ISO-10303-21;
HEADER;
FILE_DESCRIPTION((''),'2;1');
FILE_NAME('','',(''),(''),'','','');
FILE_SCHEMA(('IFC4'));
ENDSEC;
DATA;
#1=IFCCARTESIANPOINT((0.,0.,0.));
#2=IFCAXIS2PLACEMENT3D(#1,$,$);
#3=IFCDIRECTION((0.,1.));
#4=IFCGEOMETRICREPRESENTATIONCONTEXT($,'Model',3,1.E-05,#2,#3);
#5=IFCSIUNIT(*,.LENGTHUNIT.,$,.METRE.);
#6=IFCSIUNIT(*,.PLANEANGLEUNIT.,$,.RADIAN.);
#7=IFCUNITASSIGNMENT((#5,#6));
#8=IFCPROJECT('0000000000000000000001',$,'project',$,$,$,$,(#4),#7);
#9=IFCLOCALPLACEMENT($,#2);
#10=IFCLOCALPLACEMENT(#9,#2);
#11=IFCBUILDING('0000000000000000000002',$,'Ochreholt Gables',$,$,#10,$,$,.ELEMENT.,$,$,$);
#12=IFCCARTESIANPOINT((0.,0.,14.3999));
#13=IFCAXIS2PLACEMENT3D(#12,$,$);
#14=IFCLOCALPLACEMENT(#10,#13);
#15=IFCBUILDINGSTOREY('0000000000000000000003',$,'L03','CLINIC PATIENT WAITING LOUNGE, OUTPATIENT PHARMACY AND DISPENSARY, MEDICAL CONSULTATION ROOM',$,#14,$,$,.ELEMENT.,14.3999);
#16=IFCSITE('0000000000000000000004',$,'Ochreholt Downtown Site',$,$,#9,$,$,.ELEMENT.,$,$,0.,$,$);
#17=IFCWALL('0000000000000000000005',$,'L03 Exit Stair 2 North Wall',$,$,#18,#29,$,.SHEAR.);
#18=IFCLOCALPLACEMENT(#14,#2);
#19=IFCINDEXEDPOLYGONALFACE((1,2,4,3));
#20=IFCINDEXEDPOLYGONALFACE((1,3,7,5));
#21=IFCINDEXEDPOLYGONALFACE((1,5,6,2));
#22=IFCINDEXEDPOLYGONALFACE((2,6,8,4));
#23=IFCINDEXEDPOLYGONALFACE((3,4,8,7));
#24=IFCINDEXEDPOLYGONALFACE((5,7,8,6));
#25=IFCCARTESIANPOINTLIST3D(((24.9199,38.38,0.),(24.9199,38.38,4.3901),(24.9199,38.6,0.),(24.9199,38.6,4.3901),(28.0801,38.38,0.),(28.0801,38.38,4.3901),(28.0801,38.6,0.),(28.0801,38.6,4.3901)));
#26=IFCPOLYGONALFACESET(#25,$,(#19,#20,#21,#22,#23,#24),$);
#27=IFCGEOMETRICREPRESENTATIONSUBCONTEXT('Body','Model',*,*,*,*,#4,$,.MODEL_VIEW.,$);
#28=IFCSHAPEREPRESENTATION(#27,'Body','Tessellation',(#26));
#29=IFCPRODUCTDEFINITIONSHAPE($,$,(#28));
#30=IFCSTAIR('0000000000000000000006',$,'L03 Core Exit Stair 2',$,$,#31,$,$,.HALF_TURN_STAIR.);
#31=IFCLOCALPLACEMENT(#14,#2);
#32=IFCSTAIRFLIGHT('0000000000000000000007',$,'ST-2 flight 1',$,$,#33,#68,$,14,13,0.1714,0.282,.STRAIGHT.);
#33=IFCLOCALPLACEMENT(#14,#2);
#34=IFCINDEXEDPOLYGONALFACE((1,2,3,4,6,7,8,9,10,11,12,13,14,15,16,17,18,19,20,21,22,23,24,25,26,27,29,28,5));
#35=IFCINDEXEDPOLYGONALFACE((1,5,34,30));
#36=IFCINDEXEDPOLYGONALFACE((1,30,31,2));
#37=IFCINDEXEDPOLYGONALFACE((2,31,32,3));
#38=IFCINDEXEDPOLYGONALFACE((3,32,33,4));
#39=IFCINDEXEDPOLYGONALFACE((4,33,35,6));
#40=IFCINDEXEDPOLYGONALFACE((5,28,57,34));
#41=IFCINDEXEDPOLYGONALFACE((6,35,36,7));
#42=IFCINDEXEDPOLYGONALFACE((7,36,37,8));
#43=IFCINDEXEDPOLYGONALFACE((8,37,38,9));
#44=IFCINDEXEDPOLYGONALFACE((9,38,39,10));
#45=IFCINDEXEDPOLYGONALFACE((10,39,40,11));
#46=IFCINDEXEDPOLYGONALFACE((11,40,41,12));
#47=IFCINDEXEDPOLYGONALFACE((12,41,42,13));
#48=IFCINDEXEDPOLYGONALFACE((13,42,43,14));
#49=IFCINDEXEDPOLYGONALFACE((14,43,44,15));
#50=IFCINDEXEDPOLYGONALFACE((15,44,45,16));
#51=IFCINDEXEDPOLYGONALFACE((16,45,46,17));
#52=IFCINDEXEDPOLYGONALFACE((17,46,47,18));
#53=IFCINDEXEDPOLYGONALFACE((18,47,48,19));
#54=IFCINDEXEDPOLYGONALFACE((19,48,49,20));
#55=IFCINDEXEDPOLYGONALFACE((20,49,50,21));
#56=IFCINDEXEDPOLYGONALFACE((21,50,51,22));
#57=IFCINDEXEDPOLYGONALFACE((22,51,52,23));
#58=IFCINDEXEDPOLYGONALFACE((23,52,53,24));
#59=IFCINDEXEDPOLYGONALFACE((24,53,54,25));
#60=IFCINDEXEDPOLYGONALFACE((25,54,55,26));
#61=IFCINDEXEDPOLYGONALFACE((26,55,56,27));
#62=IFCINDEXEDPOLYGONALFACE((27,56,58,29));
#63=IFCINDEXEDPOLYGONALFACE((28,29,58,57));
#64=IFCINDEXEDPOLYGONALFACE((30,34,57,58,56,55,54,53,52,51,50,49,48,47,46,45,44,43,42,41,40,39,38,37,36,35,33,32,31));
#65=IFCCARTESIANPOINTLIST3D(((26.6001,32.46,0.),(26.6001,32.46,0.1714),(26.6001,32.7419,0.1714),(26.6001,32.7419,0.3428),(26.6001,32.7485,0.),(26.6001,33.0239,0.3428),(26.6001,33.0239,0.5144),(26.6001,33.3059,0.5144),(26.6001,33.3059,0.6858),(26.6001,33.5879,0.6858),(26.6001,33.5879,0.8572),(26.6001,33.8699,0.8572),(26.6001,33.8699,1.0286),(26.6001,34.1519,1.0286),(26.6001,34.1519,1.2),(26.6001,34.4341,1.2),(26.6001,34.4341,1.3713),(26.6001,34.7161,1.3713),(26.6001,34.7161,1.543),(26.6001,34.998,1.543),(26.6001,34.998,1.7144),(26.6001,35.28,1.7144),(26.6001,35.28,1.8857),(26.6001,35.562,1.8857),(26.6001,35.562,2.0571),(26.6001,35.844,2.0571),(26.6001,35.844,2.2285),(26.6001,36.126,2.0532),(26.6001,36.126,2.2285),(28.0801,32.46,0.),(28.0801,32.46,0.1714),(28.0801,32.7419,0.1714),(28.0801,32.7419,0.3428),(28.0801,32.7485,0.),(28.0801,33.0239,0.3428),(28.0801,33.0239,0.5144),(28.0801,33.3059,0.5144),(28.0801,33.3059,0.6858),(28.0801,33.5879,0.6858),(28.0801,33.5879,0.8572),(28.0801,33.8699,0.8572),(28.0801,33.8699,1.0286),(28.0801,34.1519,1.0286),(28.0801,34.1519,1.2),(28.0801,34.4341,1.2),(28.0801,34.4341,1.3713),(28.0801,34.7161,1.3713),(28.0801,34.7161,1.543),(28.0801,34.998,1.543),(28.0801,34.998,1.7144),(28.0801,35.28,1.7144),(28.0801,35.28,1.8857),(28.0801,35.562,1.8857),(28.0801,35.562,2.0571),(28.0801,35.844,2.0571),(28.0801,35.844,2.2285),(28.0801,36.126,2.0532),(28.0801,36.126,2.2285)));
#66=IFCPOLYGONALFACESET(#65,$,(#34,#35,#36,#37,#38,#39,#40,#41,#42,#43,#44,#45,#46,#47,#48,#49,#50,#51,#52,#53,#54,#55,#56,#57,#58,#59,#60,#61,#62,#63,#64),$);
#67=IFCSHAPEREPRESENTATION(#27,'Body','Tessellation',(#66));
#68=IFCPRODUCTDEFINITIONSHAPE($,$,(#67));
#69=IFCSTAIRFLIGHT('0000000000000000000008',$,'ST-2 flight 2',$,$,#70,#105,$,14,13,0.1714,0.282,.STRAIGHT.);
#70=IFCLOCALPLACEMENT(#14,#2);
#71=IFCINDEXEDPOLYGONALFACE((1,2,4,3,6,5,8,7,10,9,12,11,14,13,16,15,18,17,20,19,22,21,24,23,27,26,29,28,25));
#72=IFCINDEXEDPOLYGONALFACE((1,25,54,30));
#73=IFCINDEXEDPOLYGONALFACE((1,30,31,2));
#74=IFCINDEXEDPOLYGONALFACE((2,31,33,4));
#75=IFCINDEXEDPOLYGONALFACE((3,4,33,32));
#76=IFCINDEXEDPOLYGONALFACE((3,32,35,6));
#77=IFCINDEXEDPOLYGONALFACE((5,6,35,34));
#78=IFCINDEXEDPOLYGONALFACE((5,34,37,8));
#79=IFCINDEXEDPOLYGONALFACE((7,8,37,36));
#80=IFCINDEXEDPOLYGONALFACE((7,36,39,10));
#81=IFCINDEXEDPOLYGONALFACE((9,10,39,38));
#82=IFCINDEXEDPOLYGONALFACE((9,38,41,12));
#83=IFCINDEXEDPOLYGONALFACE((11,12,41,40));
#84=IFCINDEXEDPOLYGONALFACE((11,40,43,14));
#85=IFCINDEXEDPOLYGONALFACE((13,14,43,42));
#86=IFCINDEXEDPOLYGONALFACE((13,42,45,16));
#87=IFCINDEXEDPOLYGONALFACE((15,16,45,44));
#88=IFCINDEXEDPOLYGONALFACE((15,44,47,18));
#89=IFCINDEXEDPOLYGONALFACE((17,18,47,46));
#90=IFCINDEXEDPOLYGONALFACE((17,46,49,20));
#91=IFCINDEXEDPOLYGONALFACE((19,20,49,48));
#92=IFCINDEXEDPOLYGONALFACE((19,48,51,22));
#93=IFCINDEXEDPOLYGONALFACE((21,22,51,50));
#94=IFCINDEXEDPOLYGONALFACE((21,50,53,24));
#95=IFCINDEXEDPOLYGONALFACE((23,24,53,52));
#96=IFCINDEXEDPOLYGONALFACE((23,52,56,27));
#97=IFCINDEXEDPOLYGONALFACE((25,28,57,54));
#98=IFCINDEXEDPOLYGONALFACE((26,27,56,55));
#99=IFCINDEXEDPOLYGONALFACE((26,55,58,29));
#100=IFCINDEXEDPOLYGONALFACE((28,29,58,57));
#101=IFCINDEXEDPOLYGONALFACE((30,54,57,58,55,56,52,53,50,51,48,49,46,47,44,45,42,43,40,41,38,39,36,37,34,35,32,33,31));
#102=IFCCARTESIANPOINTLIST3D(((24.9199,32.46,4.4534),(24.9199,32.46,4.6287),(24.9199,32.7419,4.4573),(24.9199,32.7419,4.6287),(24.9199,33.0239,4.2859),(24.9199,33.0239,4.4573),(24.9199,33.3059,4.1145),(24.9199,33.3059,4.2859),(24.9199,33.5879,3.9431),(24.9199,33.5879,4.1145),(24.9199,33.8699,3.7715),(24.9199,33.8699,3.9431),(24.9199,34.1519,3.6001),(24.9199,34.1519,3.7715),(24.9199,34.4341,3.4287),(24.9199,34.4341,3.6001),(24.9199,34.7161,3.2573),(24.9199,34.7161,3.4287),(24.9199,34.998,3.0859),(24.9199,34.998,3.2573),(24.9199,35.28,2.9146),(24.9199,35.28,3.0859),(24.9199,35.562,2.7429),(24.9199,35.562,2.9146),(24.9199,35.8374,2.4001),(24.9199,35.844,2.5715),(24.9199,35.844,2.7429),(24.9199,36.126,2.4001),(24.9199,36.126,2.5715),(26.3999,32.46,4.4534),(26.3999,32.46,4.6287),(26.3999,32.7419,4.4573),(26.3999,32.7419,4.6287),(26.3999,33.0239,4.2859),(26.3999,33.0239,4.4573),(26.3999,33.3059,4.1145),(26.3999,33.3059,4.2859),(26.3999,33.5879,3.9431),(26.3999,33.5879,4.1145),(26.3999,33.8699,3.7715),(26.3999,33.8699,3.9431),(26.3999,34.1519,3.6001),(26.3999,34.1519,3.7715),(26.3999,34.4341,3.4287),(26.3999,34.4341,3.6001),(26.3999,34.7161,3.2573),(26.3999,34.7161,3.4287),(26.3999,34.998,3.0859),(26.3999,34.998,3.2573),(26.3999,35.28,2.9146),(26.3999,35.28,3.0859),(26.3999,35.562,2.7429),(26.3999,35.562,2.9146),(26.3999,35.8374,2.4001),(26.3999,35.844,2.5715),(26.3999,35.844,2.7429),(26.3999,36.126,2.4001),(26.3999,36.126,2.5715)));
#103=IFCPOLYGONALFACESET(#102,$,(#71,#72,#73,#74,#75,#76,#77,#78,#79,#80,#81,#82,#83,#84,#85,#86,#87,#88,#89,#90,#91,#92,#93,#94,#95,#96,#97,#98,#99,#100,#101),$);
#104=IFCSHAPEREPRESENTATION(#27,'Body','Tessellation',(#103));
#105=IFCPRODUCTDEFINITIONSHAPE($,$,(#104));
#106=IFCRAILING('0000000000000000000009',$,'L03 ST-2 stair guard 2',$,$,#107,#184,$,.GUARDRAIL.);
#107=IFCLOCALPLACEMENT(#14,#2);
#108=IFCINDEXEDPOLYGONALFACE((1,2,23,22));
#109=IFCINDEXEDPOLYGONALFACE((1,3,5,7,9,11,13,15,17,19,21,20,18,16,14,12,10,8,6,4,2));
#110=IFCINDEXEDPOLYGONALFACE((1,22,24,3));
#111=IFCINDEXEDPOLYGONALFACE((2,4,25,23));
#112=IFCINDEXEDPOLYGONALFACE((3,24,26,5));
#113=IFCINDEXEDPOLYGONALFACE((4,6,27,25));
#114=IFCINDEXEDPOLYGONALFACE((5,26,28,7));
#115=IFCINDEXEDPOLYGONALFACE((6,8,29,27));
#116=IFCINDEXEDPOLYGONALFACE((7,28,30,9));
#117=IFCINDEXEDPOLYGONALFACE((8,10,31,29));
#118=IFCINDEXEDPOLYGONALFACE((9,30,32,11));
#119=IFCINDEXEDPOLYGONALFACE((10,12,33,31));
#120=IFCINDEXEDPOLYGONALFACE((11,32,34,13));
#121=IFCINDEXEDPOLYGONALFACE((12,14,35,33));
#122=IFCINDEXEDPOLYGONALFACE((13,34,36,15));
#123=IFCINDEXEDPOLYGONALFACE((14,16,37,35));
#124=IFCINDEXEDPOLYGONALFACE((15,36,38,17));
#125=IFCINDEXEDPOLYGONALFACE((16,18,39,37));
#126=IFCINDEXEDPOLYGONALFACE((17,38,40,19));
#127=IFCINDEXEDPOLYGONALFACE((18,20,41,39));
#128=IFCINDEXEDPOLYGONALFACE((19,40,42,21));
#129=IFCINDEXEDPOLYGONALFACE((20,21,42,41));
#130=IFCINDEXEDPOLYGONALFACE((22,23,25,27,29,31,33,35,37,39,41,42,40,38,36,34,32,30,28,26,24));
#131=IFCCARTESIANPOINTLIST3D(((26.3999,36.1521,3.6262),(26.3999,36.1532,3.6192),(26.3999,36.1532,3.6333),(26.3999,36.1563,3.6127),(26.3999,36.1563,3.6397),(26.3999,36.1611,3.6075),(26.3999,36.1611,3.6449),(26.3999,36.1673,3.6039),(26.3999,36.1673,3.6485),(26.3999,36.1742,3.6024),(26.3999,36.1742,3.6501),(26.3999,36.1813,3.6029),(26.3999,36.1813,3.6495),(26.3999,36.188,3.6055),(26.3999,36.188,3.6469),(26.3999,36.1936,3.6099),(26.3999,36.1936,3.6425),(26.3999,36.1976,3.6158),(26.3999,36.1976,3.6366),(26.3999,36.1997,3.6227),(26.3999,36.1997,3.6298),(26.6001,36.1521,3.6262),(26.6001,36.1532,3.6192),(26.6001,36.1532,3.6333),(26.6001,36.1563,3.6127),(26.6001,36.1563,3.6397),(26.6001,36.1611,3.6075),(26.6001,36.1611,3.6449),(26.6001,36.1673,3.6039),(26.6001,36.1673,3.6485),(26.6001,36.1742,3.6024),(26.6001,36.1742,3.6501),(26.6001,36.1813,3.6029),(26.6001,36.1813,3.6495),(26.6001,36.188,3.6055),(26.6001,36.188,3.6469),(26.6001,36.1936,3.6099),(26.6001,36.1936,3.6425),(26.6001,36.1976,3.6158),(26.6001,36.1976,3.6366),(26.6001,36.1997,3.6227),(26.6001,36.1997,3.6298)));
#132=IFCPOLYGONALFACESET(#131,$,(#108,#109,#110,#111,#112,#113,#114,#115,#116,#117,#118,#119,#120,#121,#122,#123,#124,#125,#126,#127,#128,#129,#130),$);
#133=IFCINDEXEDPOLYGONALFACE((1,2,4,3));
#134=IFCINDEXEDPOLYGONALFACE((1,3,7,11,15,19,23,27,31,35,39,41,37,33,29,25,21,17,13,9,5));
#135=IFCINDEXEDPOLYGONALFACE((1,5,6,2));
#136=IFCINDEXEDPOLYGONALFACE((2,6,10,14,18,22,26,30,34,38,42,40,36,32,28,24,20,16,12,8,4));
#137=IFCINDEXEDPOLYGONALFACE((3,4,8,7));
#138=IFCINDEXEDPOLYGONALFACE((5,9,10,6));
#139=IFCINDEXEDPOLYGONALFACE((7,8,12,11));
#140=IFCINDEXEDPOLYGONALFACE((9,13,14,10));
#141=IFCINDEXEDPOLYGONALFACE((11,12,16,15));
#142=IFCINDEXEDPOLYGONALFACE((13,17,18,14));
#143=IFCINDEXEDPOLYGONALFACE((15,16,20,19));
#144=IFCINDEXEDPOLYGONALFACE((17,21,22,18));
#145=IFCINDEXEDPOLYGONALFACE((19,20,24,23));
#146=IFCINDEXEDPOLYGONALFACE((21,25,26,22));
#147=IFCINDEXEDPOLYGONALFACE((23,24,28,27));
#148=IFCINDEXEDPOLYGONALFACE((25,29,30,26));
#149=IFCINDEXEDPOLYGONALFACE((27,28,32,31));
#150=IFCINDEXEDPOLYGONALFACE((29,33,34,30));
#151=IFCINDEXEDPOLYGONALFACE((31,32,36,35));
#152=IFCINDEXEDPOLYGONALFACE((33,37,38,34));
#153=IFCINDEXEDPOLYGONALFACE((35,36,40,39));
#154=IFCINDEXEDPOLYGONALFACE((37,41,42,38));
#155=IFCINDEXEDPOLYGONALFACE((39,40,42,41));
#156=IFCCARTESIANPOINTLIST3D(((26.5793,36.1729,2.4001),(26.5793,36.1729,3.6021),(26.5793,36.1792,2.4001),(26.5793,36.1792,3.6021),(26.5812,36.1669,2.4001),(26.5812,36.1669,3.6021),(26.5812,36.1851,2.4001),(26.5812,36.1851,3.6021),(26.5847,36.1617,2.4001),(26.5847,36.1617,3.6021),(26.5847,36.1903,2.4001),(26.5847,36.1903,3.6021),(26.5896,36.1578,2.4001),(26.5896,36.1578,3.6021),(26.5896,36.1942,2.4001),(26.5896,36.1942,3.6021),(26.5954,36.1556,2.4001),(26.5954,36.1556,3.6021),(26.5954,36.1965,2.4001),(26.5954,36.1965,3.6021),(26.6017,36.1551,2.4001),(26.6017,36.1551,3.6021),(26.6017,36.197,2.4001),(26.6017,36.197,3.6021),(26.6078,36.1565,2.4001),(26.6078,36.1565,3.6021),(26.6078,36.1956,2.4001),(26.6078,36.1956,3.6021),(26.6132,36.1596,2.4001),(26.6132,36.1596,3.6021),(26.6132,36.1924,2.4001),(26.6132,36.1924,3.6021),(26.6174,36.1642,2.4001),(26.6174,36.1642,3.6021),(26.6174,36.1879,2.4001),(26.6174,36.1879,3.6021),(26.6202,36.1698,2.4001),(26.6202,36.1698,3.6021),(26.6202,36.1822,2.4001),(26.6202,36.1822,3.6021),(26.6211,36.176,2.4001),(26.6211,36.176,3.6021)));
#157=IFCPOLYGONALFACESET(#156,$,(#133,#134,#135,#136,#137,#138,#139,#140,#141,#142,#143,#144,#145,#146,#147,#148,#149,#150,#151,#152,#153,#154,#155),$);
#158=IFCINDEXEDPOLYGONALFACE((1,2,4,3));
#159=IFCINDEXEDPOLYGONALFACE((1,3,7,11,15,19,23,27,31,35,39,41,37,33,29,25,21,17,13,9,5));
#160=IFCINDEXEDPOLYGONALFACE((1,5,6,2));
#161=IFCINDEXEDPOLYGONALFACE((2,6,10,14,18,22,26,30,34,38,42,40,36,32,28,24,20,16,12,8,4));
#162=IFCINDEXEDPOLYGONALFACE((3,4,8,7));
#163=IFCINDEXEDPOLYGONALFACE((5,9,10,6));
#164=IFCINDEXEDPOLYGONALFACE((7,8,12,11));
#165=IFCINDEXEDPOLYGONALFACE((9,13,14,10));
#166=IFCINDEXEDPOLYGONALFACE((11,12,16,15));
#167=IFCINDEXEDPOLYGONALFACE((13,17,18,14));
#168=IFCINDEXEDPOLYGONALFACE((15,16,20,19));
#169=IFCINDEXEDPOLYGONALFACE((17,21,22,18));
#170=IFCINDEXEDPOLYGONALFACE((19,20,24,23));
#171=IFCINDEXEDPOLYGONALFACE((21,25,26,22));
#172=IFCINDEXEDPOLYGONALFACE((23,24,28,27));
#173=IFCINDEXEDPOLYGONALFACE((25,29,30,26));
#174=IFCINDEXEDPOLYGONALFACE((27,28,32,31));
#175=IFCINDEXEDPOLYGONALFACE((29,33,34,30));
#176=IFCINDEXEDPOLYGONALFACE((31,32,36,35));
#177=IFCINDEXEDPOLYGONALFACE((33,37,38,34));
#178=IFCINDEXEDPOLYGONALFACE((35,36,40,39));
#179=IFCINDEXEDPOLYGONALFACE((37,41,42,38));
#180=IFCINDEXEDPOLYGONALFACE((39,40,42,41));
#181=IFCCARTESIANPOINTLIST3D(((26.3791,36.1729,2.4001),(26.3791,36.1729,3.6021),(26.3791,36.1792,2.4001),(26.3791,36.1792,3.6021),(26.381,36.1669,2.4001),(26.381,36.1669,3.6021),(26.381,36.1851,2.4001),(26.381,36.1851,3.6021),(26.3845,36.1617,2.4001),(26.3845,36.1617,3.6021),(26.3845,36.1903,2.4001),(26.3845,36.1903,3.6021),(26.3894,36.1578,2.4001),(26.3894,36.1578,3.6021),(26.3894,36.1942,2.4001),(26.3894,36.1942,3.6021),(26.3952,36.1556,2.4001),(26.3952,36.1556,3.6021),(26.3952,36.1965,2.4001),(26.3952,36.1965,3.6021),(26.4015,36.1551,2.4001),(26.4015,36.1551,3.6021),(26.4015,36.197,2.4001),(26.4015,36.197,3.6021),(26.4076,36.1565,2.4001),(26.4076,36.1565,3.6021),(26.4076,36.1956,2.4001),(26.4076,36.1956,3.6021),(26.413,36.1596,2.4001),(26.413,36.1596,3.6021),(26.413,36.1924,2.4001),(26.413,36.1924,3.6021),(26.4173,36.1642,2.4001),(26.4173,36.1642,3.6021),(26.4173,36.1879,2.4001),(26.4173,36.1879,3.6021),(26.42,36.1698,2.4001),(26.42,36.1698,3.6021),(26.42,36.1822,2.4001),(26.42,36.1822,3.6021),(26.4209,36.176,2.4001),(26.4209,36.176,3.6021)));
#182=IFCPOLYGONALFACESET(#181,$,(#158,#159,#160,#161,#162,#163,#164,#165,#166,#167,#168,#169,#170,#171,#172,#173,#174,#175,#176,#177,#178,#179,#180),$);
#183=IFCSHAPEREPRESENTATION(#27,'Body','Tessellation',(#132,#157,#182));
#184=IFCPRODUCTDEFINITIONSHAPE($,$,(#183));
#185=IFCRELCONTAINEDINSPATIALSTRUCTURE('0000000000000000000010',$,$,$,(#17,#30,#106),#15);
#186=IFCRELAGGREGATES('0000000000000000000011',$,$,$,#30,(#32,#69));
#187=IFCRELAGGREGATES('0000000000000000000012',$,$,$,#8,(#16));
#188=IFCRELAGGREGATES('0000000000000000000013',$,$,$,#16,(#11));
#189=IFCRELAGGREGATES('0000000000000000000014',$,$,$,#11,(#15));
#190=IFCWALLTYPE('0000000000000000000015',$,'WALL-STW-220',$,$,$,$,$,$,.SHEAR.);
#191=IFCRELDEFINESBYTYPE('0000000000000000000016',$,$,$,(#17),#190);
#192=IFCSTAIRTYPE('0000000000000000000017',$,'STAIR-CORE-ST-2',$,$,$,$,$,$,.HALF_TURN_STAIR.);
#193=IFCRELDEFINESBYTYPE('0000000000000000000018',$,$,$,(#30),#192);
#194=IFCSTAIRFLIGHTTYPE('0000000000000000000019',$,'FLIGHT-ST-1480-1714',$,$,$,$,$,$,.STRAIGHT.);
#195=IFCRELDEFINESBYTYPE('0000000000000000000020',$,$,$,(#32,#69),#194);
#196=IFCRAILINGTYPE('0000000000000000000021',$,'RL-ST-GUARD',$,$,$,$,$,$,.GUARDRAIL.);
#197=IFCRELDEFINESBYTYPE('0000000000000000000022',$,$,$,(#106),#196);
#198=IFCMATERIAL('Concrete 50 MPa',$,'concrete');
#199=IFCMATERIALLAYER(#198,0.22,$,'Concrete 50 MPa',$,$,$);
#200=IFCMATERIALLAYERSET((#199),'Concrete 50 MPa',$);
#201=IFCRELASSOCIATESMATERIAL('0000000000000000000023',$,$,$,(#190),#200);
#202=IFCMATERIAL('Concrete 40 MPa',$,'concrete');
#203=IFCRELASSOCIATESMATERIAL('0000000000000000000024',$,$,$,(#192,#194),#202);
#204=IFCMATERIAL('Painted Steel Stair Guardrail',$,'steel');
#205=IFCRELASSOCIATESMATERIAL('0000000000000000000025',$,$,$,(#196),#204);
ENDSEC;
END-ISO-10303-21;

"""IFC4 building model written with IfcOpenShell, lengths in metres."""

from ifc_helpers import new_model, si_unit, direction, frame, frame_2d, origin, origin_2d, place, context, subcontext, project, spatial, polyline, rectangle, circle, outline, extrude, material, layer, layer_set, type_object, element, aggregate, save


model = new_model("IFC4")

# Units and contexts
model_context = context("Model", 3, precision=1e-05, world=origin(), true_north=direction((0.0, 1.0)))
body_context = subcontext(model_context, "Body", "Model", "MODEL_VIEW")
ifc_project = project(units=[si_unit("LENGTHUNIT", "METRE"), si_unit("PLANEANGLEUNIT", "RADIAN")], contexts=[model_context])

# Site, building, storey
site_placement = place(None, origin())
site = spatial("IfcSite", under=ifc_project, at=site_placement, Name="Ochreholt Downtown Site", CompositionType="ELEMENT", RefElevation=0.0)
building_placement = place(site_placement, origin())
building = spatial("IfcBuilding", under=site, at=building_placement, Name="Ochreholt Gables", CompositionType="ELEMENT")
storey_placement = place(building_placement, frame((0.0, 0.0, 14.3999)))
storey = spatial("IfcBuildingStorey", under=building, at=storey_placement, Name="L03", Description="CLINIC PATIENT WAITING LOUNGE, OUTPATIENT PHARMACY AND DISPENSARY, MEDICAL CONSULTATION ROOM", CompositionType="ELEMENT", Elevation=14.3999)

# Wall
ifc_material_1 = material(Name="Concrete 50 MPa", Category="concrete")
ifc_layer_1 = layer(ifc_material_1, 0.22, Name="Concrete 50 MPa")
ifc_layer_set_1 = layer_set([ifc_layer_1], Name="Concrete 50 MPa")
wall_type_1 = type_object("IfcWallType", Name="WALL-STW-220", PredefinedType="SHEAR", material=ifc_layer_set_1)
wall_1_placement = place(storey_placement, frame((24.9199, 38.49, 0.0), z_axis=(0.0, 0.0, 1.0), x_axis=(1.0, 0.0, 0.0)))
element("IfcWall", 1, at=wall_1_placement, inside=storey, type_object=wall_type_1, Name="L03 Exit Stair 2 North Wall", PredefinedType="SHEAR", context=body_context, shape_type="SweptSolid", body=[
    extrude(rectangle(XDim=3.1602, YDim=0.22, at=frame_2d((1.5801, 0.0))), origin(), (0.0, 0.0, 1.0), 4.3901),
])

# Stair, stair flights
ifc_material_2 = material(Name="Concrete 40 MPa", Category="concrete")
stair_type = type_object("IfcStairType", Name="STAIR-CORE-ST-2", PredefinedType="HALF_TURN_STAIR", material=ifc_material_2)
stair_placement = place(storey_placement, origin())
stair = element("IfcStair", 2, at=stair_placement, inside=storey, type_object=stair_type, Name="L03 Core Exit Stair 2", PredefinedType="HALF_TURN_STAIR")
stair_flight_type = type_object("IfcStairFlightType", Name="FLIGHT-ST-1480-1714", PredefinedType="STRAIGHT", material=ifc_material_2)
stair_flight_1_placement = place(storey_placement, frame((27.3401, 32.46, 0.0), z_axis=(0.0, 0.0, 1.0), x_axis=(0.0, 1.0, 0.0)))
stair_flight_1 = element("IfcStairFlight", 3, at=stair_flight_1_placement, type_object=stair_flight_type, Name="ST-2 flight 1", NumberOfRisers=14, NumberOfTreads=13, PredefinedType="STRAIGHT", RiserHeight=0.1714, TreadLength=0.282, context=body_context, shape_type="SweptSolid", body=[
    extrude(outline(polyline([(0.0, 0.0), (0.0, 0.1714), (0.282, 0.1714), (0.282, 0.3428), (0.564, 0.3428), (0.564, 0.5144), (0.8459, 0.5144), (0.8459, 0.6858), (1.1279, 0.6858), (1.1279, 0.8572), (1.4099, 0.8572), (1.4099, 1.0286), (1.6919, 1.0286), (1.6919, 1.2), (1.9741, 1.2), (1.9741, 1.3713), (2.2561, 1.3713), (2.2561, 1.543), (2.5381, 1.543), (2.5381, 1.7144), (2.8201, 1.7144), (2.8201, 1.8857), (3.1021, 1.8857), (3.1021, 2.0571), (3.384, 2.0571), (3.384, 2.2285), (3.666, 2.2285), (3.666, 2.3999), (3.666, 2.0532), (0.2886, 0.0), (0.0, 0.0)])), frame((0.0, 0.74, 0.0), z_axis=(0.0, -1.0, 0.0), x_axis=(1.0, 0.0, 0.0)), (0.0, 0.0, 1.0), 1.48),
])
stair_flight_2_placement = place(storey_placement, frame((25.6599, 36.126, 2.4001), z_axis=(0.0, 0.0, 1.0), x_axis=(0.0, -1.0, 0.0)))
stair_flight_2 = element("IfcStairFlight", 4, at=stair_flight_2_placement, type_object=stair_flight_type, Name="ST-2 flight 2", NumberOfRisers=14, NumberOfTreads=13, PredefinedType="STRAIGHT", RiserHeight=0.1714, TreadLength=0.282, context=body_context, shape_type="SweptSolid", body=[
    extrude(outline(polyline([(0.0, 0.0), (0.0, 0.1714), (0.282, 0.1714), (0.282, 0.3428), (0.564, 0.3428), (0.564, 0.5144), (0.8459, 0.5144), (0.8459, 0.6858), (1.1279, 0.6858), (1.1279, 0.8572), (1.4099, 0.8572), (1.4099, 1.0286), (1.6919, 1.0286), (1.6919, 1.2), (1.9741, 1.2), (1.9741, 1.3713), (2.2561, 1.3713), (2.2561, 1.543), (2.5381, 1.543), (2.5381, 1.7144), (2.8201, 1.7144), (2.8201, 1.8857), (3.1021, 1.8857), (3.1021, 2.0571), (3.384, 2.0571), (3.384, 2.2285), (3.666, 2.2285), (3.666, 2.3999), (3.666, 2.0532), (0.2886, 0.0), (0.0, 0.0)])), frame((0.0, 0.74, 0.0), z_axis=(0.0, -1.0, 0.0), x_axis=(1.0, 0.0, 0.0)), (0.0, 0.0, 1.0), 1.48),
])
aggregate(stair, [stair_flight_1, stair_flight_2])

# Railing
ifc_material_3 = material(Name="Painted Steel Stair Guardrail", Category="steel")
railing_type_1 = type_object("IfcRailingType", Name="RL-ST-GUARD", PredefinedType="GUARDRAIL", material=ifc_material_3)
railing_1_placement = place(storey_placement, frame((26.6001, 36.176, 2.4001)))
element("IfcRailing", 5, at=railing_1_placement, inside=storey, type_object=railing_type_1, Name="L03 ST-2 stair guard 2", PredefinedType="GUARDRAIL", context=body_context, shape_type="SweptSolid", body=[
    extrude(circle(Radius=0.0239, at=origin_2d()), frame((0.0, 0.0, 1.2261), z_axis=(-1.0, 0.0, 0.0), x_axis=(0.0, -1.0, 0.0)), (0.0, 0.0, 1.0), 0.2002),
    extrude(circle(Radius=0.021, at=origin_2d()), origin(), (0.0, 0.0, 1.0), 1.2019),
    extrude(circle(Radius=0.021, at=origin_2d()), frame((-0.2002, 0.0, 0.0)), (0.0, 0.0, 1.0), 1.2019),
])

save(model, "model.ifc")
